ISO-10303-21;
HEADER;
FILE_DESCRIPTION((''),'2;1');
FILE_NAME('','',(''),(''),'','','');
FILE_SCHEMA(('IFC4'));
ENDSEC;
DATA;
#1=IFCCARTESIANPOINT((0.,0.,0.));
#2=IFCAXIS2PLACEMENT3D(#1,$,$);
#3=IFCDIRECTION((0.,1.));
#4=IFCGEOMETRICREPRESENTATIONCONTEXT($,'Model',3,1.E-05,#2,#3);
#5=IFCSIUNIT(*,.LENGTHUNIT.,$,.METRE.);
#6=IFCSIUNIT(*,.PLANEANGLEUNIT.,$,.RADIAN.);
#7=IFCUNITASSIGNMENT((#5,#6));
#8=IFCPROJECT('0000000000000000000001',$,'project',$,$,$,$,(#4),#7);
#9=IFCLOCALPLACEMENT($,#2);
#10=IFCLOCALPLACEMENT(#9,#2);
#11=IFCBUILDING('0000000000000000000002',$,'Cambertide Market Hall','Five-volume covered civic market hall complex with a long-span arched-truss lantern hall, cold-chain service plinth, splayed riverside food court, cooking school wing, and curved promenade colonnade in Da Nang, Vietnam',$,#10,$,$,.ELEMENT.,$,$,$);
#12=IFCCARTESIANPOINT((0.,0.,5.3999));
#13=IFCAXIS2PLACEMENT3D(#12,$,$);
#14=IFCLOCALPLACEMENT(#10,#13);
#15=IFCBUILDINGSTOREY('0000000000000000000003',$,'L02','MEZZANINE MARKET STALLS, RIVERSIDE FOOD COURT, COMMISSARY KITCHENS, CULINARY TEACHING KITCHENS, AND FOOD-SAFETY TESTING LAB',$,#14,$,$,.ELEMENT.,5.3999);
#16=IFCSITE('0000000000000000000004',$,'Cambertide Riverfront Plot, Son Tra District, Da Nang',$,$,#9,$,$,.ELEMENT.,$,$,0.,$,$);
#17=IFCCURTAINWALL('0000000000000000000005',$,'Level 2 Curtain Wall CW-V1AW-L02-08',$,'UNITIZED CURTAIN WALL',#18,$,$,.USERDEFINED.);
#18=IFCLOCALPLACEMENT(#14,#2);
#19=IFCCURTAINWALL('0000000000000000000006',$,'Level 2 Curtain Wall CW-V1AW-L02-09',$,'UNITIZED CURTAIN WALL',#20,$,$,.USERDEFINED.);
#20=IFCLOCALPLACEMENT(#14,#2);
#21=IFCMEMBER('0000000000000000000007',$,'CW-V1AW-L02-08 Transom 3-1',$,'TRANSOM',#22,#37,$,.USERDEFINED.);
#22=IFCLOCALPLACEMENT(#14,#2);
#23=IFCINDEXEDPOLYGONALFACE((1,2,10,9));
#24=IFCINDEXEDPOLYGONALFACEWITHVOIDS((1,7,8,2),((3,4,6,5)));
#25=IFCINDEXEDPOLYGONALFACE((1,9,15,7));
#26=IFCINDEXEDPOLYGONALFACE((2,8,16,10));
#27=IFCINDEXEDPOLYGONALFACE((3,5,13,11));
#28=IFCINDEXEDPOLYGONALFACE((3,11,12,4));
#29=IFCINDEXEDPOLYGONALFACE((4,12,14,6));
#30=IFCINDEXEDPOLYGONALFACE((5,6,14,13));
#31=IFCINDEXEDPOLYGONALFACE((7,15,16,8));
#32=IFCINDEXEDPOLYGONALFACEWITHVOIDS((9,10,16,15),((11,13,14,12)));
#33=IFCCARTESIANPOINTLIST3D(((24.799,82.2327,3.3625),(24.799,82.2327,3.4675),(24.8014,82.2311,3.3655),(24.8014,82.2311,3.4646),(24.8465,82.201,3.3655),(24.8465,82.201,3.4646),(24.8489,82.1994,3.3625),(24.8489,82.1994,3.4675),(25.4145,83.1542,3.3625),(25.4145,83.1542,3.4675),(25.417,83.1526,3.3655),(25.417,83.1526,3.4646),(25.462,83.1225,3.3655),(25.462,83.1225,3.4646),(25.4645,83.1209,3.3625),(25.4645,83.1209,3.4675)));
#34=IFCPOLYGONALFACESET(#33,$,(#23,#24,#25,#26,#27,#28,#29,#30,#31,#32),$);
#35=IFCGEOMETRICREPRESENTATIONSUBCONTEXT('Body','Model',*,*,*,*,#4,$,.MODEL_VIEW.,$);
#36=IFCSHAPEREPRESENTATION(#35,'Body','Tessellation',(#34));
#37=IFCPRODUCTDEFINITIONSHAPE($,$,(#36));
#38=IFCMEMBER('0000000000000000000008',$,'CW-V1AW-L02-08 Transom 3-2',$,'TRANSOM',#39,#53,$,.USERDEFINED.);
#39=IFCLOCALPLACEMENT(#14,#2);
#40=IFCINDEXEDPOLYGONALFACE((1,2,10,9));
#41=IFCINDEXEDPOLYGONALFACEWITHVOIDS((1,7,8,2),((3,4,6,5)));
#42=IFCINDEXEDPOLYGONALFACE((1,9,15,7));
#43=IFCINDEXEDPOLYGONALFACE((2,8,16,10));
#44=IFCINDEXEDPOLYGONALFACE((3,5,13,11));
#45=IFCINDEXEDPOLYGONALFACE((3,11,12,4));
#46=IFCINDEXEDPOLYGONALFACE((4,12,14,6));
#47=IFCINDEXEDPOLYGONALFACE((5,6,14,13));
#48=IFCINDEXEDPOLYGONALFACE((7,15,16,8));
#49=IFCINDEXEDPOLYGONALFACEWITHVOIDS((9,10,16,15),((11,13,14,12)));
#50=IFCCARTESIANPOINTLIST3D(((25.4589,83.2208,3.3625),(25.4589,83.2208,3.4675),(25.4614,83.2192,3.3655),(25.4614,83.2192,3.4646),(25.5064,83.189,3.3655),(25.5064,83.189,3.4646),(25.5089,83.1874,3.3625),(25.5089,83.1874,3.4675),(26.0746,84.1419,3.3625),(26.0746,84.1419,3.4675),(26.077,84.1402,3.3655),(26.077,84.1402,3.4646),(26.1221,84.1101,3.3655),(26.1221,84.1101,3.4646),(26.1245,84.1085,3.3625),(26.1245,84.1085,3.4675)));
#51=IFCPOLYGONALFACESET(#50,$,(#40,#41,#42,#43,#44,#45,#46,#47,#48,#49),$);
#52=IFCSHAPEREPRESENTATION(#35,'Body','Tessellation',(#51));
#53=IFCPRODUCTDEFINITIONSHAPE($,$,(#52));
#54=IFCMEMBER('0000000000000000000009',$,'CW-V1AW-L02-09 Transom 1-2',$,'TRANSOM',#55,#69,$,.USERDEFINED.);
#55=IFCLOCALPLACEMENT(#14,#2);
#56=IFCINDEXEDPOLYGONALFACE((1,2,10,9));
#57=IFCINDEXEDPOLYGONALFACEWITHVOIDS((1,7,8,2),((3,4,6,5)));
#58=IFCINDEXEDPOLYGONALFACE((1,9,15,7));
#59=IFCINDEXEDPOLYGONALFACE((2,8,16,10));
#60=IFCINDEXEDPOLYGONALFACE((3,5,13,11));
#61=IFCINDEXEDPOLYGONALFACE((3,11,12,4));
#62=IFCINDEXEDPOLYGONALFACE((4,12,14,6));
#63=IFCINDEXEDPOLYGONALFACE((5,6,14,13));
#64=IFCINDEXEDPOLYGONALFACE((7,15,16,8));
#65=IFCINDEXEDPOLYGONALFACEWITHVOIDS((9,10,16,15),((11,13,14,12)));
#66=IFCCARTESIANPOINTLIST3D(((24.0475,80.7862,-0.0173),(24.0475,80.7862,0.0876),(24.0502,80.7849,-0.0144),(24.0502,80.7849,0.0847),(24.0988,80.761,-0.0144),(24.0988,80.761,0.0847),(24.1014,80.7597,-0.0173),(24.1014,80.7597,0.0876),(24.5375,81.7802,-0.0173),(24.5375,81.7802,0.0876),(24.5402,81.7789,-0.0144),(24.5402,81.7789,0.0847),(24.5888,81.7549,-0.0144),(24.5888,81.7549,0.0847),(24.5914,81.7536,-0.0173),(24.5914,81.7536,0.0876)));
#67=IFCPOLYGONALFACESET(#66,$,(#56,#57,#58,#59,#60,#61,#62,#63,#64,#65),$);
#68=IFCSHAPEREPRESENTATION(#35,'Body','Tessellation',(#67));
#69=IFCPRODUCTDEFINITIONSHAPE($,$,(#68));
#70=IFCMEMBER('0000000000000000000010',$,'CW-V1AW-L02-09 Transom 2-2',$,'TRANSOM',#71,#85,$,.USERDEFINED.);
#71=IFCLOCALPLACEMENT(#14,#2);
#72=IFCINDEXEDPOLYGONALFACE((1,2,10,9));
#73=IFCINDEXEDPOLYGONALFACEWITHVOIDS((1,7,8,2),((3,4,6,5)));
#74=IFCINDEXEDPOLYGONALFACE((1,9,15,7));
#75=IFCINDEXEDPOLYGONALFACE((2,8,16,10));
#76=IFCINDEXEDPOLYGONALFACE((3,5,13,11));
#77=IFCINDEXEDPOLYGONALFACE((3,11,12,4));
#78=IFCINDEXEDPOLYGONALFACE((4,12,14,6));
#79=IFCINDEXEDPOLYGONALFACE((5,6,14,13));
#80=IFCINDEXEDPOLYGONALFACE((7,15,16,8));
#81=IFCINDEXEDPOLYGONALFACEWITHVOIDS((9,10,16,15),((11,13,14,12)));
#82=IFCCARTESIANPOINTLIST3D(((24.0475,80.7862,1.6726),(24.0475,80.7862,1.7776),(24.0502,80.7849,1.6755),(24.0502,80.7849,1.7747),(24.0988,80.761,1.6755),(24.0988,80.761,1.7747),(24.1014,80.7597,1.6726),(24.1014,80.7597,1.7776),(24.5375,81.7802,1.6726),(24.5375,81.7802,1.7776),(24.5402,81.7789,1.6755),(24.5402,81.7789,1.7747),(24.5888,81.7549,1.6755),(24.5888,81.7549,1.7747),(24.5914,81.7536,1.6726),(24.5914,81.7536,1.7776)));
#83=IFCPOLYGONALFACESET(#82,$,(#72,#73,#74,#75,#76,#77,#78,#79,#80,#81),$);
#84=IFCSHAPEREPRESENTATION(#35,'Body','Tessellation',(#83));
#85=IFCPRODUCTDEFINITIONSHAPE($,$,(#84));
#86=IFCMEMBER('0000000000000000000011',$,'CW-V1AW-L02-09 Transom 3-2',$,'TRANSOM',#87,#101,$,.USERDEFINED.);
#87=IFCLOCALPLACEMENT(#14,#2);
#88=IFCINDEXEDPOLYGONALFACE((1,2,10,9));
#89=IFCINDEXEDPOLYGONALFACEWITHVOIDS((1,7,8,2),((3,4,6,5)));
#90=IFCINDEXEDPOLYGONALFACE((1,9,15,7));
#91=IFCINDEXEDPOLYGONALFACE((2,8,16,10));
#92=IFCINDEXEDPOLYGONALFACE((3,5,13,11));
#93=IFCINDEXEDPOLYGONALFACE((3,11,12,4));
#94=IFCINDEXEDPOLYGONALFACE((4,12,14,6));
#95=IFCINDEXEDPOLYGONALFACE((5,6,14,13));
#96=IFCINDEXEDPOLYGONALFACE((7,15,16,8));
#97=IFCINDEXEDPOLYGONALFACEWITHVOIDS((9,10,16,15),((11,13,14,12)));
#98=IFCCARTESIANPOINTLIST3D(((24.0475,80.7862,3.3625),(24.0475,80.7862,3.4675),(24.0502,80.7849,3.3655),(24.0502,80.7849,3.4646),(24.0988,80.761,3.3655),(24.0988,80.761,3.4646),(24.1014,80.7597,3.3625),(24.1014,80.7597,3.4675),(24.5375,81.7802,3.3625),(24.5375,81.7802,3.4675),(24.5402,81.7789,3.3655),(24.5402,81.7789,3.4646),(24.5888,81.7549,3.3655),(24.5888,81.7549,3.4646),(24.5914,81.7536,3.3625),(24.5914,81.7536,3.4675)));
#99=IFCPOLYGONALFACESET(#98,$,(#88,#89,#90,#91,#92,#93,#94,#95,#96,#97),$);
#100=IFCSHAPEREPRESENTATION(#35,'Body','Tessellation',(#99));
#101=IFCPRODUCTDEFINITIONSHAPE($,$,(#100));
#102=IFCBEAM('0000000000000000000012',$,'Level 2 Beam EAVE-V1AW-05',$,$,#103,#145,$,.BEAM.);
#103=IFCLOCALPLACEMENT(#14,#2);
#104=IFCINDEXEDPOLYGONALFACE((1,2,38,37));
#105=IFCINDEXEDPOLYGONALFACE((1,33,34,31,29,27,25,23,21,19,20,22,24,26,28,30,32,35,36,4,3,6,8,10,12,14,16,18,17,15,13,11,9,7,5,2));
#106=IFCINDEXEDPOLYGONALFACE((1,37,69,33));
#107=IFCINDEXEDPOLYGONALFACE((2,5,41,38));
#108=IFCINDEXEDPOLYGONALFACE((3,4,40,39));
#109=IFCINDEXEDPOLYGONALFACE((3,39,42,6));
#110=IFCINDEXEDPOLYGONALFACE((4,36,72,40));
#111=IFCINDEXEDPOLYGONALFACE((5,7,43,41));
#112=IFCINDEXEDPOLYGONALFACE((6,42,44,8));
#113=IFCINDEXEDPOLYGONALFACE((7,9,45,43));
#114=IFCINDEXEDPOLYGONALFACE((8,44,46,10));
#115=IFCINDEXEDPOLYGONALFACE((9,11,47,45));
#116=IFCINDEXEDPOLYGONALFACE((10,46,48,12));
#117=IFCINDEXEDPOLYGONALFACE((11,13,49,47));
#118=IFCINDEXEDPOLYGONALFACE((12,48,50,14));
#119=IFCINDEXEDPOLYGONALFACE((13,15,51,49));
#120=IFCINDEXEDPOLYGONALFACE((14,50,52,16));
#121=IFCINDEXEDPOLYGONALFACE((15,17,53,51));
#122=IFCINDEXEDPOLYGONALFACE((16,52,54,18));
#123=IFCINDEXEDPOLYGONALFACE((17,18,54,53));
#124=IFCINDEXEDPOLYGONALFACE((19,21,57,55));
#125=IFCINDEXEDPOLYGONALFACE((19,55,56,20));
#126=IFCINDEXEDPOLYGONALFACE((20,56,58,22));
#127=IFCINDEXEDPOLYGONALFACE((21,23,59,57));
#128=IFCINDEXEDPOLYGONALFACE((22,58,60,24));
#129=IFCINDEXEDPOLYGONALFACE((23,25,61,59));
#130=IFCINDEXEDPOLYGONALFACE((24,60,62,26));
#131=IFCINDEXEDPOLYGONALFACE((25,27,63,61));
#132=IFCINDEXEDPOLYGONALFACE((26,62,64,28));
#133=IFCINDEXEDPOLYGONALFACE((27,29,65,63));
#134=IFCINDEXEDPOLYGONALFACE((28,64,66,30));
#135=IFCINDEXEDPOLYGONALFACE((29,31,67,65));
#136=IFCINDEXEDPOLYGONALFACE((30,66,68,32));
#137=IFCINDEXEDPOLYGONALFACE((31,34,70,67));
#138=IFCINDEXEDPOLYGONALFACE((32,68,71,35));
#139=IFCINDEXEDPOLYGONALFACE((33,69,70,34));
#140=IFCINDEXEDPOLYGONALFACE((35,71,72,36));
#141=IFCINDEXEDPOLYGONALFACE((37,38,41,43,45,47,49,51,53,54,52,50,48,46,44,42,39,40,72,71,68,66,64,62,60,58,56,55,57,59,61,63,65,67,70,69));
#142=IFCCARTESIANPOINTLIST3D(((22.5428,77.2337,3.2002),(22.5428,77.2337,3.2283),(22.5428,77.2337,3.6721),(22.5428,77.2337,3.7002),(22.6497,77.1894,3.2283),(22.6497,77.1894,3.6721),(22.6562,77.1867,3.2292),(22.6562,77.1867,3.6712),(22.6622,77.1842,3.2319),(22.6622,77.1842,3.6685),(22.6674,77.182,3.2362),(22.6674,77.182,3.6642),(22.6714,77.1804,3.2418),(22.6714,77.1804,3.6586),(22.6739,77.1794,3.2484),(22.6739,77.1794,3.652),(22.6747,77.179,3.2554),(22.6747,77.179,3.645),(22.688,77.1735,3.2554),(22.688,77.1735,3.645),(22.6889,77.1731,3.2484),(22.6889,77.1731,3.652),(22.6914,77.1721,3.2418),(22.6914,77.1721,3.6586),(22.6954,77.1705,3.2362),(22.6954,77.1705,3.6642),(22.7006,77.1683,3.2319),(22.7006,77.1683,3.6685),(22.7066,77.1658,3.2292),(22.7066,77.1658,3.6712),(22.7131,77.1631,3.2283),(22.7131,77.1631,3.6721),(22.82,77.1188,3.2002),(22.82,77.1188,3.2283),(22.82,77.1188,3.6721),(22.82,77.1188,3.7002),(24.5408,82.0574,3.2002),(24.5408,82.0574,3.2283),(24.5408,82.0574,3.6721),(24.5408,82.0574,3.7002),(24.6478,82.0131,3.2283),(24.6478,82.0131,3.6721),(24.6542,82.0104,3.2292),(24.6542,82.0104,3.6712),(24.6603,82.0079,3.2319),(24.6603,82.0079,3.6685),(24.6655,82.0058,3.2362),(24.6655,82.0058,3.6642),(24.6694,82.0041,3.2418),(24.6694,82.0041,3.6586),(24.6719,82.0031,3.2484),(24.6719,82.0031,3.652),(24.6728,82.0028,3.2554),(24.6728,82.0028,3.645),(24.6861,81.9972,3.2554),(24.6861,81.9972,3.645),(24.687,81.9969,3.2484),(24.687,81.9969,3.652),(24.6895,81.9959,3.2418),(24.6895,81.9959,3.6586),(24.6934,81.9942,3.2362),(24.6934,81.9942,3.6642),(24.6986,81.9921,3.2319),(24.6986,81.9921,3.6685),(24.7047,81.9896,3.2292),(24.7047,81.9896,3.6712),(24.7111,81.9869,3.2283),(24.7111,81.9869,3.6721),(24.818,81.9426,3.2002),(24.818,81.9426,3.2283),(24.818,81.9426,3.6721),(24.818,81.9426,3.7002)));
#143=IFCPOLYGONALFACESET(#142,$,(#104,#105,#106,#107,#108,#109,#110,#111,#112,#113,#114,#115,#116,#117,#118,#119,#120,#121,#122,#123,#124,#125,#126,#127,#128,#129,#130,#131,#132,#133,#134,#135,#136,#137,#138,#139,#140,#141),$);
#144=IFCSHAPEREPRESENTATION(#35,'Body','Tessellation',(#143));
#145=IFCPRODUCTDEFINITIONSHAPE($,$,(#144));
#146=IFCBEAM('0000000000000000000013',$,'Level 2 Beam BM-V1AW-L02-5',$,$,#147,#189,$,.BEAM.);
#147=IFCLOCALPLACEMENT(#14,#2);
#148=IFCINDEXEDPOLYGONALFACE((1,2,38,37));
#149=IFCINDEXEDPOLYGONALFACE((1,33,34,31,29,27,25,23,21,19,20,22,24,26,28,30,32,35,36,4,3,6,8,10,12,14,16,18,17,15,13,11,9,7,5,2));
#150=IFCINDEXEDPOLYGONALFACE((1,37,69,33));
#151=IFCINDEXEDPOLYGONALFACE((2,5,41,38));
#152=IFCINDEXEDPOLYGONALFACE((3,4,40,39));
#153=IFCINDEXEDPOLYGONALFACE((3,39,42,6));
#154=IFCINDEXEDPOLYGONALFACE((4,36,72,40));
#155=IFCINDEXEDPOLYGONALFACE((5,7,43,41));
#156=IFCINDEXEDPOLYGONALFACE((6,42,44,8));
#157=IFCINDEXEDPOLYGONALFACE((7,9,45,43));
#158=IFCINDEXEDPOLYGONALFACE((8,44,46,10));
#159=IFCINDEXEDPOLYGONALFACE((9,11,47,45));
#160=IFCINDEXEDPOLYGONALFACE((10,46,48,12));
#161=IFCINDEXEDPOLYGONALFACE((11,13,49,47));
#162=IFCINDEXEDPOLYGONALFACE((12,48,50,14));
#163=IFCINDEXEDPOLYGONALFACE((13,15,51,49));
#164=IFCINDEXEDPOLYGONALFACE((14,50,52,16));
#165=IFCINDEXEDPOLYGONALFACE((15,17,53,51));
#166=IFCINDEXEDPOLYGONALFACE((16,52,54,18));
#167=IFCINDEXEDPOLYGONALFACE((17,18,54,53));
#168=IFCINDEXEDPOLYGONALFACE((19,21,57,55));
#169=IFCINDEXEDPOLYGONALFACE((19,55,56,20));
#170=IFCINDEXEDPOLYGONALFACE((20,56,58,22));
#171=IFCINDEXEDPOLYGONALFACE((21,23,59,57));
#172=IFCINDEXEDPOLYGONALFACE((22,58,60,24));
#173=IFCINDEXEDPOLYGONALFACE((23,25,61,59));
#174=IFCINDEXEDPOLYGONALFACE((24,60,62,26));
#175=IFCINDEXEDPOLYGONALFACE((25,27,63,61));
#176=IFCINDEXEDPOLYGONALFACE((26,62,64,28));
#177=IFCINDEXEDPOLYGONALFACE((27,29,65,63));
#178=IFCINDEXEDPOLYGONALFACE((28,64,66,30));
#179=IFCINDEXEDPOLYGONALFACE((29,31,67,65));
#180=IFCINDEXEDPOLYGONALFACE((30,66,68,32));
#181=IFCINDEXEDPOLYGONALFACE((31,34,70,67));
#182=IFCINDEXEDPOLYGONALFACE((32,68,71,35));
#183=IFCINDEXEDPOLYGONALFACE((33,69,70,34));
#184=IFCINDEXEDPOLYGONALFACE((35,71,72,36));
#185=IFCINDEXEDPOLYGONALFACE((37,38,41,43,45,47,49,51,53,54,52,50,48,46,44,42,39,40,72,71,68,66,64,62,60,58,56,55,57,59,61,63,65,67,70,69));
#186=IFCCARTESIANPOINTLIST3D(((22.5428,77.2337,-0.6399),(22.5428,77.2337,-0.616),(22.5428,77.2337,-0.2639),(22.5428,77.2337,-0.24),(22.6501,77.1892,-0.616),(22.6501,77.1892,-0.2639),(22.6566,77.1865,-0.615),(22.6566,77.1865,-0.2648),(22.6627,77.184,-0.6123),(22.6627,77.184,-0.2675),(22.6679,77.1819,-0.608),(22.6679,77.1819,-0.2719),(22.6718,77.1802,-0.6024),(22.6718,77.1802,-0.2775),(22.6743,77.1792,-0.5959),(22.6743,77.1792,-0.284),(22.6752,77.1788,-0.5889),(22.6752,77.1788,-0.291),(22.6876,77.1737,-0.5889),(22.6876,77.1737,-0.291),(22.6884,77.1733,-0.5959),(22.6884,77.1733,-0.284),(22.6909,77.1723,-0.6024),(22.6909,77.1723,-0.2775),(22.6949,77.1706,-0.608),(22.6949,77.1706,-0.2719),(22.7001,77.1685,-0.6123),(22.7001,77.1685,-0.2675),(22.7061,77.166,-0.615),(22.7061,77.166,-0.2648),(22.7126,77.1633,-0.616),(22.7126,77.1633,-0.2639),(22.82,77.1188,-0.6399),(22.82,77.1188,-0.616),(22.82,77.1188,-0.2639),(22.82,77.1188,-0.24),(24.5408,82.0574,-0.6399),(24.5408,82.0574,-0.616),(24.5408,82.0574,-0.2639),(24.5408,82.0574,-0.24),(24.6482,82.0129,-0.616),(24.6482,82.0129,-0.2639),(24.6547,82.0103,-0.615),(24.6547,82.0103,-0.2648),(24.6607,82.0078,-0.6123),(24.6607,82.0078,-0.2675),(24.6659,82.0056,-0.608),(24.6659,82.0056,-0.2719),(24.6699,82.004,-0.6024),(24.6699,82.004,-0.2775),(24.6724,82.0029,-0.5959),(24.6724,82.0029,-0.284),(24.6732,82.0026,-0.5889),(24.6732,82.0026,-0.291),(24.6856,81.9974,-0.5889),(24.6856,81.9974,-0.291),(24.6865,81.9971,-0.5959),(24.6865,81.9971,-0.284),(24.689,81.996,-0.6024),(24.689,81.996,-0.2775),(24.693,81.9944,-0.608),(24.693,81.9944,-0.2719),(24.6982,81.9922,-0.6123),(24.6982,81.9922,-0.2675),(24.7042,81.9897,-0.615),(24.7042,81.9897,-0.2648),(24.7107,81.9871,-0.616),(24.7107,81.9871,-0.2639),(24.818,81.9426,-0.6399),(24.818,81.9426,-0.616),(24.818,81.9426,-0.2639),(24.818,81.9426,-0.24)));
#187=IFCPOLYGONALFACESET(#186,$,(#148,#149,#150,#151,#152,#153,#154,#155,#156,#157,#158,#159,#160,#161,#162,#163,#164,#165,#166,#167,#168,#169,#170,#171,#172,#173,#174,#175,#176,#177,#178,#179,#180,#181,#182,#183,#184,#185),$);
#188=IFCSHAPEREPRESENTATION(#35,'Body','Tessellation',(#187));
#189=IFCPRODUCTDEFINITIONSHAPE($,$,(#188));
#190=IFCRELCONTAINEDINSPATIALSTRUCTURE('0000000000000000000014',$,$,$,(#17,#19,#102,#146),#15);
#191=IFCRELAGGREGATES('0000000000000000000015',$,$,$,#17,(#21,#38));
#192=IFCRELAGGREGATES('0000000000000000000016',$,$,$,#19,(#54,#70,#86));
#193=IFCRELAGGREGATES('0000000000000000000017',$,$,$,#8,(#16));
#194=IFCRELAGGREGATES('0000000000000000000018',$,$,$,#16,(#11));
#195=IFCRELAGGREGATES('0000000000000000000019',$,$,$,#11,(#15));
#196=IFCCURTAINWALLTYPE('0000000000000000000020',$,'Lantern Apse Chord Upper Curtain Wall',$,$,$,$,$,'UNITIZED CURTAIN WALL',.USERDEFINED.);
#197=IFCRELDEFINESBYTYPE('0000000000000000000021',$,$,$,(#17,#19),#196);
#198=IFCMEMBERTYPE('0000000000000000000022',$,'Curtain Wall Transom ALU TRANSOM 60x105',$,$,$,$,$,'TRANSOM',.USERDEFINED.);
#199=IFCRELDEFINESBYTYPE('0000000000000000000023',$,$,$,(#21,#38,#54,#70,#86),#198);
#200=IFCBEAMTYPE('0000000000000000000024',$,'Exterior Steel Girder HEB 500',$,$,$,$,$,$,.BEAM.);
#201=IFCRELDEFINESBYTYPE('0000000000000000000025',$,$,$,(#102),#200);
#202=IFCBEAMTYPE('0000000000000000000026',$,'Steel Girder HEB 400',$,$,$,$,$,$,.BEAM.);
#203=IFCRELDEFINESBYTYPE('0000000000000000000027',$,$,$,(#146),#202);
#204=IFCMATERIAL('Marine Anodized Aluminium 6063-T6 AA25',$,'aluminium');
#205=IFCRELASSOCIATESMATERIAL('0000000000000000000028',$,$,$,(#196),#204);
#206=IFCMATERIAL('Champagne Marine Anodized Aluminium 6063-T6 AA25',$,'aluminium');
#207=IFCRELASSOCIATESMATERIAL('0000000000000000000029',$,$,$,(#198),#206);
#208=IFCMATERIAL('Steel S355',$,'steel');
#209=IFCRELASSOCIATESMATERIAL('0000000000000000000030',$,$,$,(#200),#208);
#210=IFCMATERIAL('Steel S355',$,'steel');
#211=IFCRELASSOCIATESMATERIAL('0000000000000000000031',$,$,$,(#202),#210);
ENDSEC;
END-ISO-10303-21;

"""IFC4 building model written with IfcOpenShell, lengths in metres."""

from ifc_helpers import new_model, si_unit, direction, frame, origin, origin_2d, place, context, subcontext, project, spatial, hollow_rectangle, i_section, extrude, material, material_profile, profile_set, type_object, element, aggregate, save


model = new_model("IFC4")

# Units and contexts
model_context = context("Model", 3, precision=1e-05, world=origin(), true_north=direction((0.0, 1.0)))
body_context = subcontext(model_context, "Body", "Model", "MODEL_VIEW")
ifc_project = project(units=[si_unit("LENGTHUNIT", "METRE"), si_unit("PLANEANGLEUNIT", "RADIAN")], contexts=[model_context])

# Site, building, storey
site_placement = place(None, origin())
site = spatial("IfcSite", under=ifc_project, at=site_placement, Name="Cambertide Riverfront Plot, Son Tra District, Da Nang", CompositionType="ELEMENT", RefElevation=0.0)
building_placement = place(site_placement, origin())
building = spatial("IfcBuilding", under=site, at=building_placement, Name="Cambertide Market Hall", Description="Five-volume covered civic market hall complex with a long-span arched-truss lantern hall, cold-chain service plinth, splayed riverside food court, cooking school wing, and curved promenade colonnade in Da Nang, Vietnam", CompositionType="ELEMENT")
storey_placement = place(building_placement, frame((0.0, 0.0, 5.3999)))
storey = spatial("IfcBuildingStorey", under=building, at=storey_placement, Name="L02", Description="MEZZANINE MARKET STALLS, RIVERSIDE FOOD COURT, COMMISSARY KITCHENS, CULINARY TEACHING KITCHENS, AND FOOD-SAFETY TESTING LAB", CompositionType="ELEMENT", Elevation=5.3999)

# Curtain walls
ifc_material_1 = material(Name="Marine Anodized Aluminium 6063-T6 AA25", Category="aluminium")
curtain_wall_type = type_object("IfcCurtainWallType", Name="Lantern Apse Chord Upper Curtain Wall", ElementType="UNITIZED CURTAIN WALL", PredefinedType="USERDEFINED", material=ifc_material_1)
curtain_wall_1_placement = place(storey_placement, origin())
curtain_wall_1 = element("IfcCurtainWall", 1, at=curtain_wall_1_placement, inside=storey, type_object=curtain_wall_type, Name="Level 2 Curtain Wall CW-V1AW-L02-08", ObjectType="UNITIZED CURTAIN WALL", PredefinedType="USERDEFINED")
curtain_wall_2_placement = place(storey_placement, origin())
curtain_wall_2 = element("IfcCurtainWall", 2, at=curtain_wall_2_placement, inside=storey, type_object=curtain_wall_type, Name="Level 2 Curtain Wall CW-V1AW-L02-09", ObjectType="UNITIZED CURTAIN WALL", PredefinedType="USERDEFINED")

# Members
ifc_material_2 = material(Name="Champagne Marine Anodized Aluminium 6063-T6 AA25", Category="aluminium")
ifc_material_profile_1 = material_profile(ifc_material_2, hollow_rectangle(XDim=0.0601, YDim=0.105, WallThickness=0.0029, at=origin_2d()), Name="ALU TRANSOM 60x105")
ifc_profile_set_1 = profile_set([ifc_material_profile_1], Name="Champagne Marine Anodized Aluminium 6063-T6 AA25")
member_type_1 = type_object("IfcMemberType", Name="Curtain Wall Transom ALU TRANSOM 60x105", ElementType="TRANSOM", PredefinedType="USERDEFINED", material=ifc_profile_set_1)
member_1_placement = place(storey_placement, frame((24.824, 82.2161, 3.415), z_axis=(0.555463, 0.831541, 0.0), x_axis=(-0.831541, 0.555463, 0.0)))
member_1 = element("IfcMember", 3, at=member_1_placement, type_object=member_type_1, Name="CW-V1AW-L02-08 Transom 3-1", ObjectType="TRANSOM", PredefinedType="USERDEFINED", context=body_context, shape_type="SweptSolid", body=[
    extrude(hollow_rectangle(XDim=0.0601, YDim=0.105, WallThickness=0.0029, at=origin_2d()), origin(), (0.0, 0.0, 1.0), 1.1082),
])
member_2_placement = place(storey_placement, frame((25.4839, 83.2041, 3.415), z_axis=(0.555717, 0.831372, 0.0), x_axis=(-0.831372, 0.555717, 0.0)))
member_2 = element("IfcMember", 4, at=member_2_placement, type_object=member_type_1, Name="CW-V1AW-L02-08 Transom 3-2", ObjectType="TRANSOM", PredefinedType="USERDEFINED", context=body_context, shape_type="SweptSolid", body=[
    extrude(hollow_rectangle(XDim=0.0601, YDim=0.105, WallThickness=0.0029, at=origin_2d()), origin(), (0.0, 0.0, 1.0), 1.1079),
])
member_3_placement = place(storey_placement, frame((24.0745, 80.7729, 0.0352), z_axis=(0.442183, 0.896925, 0.0), x_axis=(-0.896925, 0.442183, 0.0)))
member_3 = element("IfcMember", 5, at=member_3_placement, type_object=member_type_1, Name="CW-V1AW-L02-09 Transom 1-2", ObjectType="TRANSOM", PredefinedType="USERDEFINED", context=body_context, shape_type="SweptSolid", body=[
    extrude(hollow_rectangle(XDim=0.0601, YDim=0.105, WallThickness=0.0029, at=origin_2d()), origin(), (0.0, 0.0, 1.0), 1.1082),
])
member_4_placement = place(storey_placement, frame((24.0745, 80.7729, 1.7251), z_axis=(0.442183, 0.896925, 0.0), x_axis=(-0.896925, 0.442183, 0.0)))
member_4 = element("IfcMember", 6, at=member_4_placement, type_object=member_type_1, Name="CW-V1AW-L02-09 Transom 2-2", ObjectType="TRANSOM", PredefinedType="USERDEFINED", context=body_context, shape_type="SweptSolid", body=[
    extrude(hollow_rectangle(XDim=0.0601, YDim=0.105, WallThickness=0.0029, at=origin_2d()), origin(), (0.0, 0.0, 1.0), 1.1082),
])
member_5_placement = place(storey_placement, frame((24.0745, 80.7729, 3.415), z_axis=(0.442183, 0.896925, 0.0), x_axis=(-0.896925, 0.442183, 0.0)))
member_5 = element("IfcMember", 7, at=member_5_placement, type_object=member_type_1, Name="CW-V1AW-L02-09 Transom 3-2", ObjectType="TRANSOM", PredefinedType="USERDEFINED", context=body_context, shape_type="SweptSolid", body=[
    extrude(hollow_rectangle(XDim=0.0601, YDim=0.105, WallThickness=0.0029, at=origin_2d()), origin(), (0.0, 0.0, 1.0), 1.1082),
])

# Beams
ifc_material_3 = material(Name="Steel S355", Category="steel")
ifc_material_profile_2 = material_profile(ifc_material_3, i_section(OverallWidth=0.3, OverallDepth=0.5, WebThickness=0.0144, FlangeThickness=0.0281, FilletRadius=0.0271, at=origin_2d()), Name="HEB 500")
ifc_profile_set_2 = profile_set([ifc_material_profile_2], Name="Steel S355")
beam_type_1 = type_object("IfcBeamType", Name="Exterior Steel Girder HEB 500", PredefinedType="BEAM", material=ifc_profile_set_2)
beam_1_placement = place(storey_placement, frame((24.6794, 82.0, 3.4502), z_axis=(-0.382682, -0.92388, 0.0), x_axis=(0.92388, -0.382682, 0.0)))
element("IfcBeam", 8, at=beam_1_placement, inside=storey, type_object=beam_type_1, Name="Level 2 Beam EAVE-V1AW-05", PredefinedType="BEAM", context=body_context, shape_type="SweptSolid", body=[
    extrude(i_section(OverallWidth=0.3, OverallDepth=0.5, WebThickness=0.0144, FlangeThickness=0.0281, FilletRadius=0.0271, at=origin_2d()), origin(), (0.0, 0.0, 1.0), 5.2212),
])
ifc_material_4 = material(Name="Steel S355", Category="steel")
ifc_material_profile_3 = material_profile(ifc_material_4, i_section(OverallWidth=0.3, OverallDepth=0.3999, WebThickness=0.0134, FlangeThickness=0.0239, FilletRadius=0.0271, at=origin_2d()), Name="HEB 400")
ifc_profile_set_3 = profile_set([ifc_material_profile_3], Name="Steel S355")
beam_type_2 = type_object("IfcBeamType", Name="Steel Girder HEB 400", PredefinedType="BEAM", material=ifc_profile_set_3)
beam_2_placement = place(storey_placement, frame((24.6794, 82.0, -0.4399), z_axis=(-0.382682, -0.92388, 0.0), x_axis=(0.92388, -0.382682, 0.0)))
element("IfcBeam", 9, at=beam_2_placement, inside=storey, type_object=beam_type_2, Name="Level 2 Beam BM-V1AW-L02-5", PredefinedType="BEAM", context=body_context, shape_type="SweptSolid", body=[
    extrude(i_section(OverallWidth=0.3, OverallDepth=0.3999, WebThickness=0.0134, FlangeThickness=0.0239, FilletRadius=0.0271, at=origin_2d()), origin(), (0.0, 0.0, 1.0), 5.2212),
])

aggregate(curtain_wall_1, [member_1, member_2])
aggregate(curtain_wall_2, [member_3, member_4, member_5])

save(model, "model.ifc")
